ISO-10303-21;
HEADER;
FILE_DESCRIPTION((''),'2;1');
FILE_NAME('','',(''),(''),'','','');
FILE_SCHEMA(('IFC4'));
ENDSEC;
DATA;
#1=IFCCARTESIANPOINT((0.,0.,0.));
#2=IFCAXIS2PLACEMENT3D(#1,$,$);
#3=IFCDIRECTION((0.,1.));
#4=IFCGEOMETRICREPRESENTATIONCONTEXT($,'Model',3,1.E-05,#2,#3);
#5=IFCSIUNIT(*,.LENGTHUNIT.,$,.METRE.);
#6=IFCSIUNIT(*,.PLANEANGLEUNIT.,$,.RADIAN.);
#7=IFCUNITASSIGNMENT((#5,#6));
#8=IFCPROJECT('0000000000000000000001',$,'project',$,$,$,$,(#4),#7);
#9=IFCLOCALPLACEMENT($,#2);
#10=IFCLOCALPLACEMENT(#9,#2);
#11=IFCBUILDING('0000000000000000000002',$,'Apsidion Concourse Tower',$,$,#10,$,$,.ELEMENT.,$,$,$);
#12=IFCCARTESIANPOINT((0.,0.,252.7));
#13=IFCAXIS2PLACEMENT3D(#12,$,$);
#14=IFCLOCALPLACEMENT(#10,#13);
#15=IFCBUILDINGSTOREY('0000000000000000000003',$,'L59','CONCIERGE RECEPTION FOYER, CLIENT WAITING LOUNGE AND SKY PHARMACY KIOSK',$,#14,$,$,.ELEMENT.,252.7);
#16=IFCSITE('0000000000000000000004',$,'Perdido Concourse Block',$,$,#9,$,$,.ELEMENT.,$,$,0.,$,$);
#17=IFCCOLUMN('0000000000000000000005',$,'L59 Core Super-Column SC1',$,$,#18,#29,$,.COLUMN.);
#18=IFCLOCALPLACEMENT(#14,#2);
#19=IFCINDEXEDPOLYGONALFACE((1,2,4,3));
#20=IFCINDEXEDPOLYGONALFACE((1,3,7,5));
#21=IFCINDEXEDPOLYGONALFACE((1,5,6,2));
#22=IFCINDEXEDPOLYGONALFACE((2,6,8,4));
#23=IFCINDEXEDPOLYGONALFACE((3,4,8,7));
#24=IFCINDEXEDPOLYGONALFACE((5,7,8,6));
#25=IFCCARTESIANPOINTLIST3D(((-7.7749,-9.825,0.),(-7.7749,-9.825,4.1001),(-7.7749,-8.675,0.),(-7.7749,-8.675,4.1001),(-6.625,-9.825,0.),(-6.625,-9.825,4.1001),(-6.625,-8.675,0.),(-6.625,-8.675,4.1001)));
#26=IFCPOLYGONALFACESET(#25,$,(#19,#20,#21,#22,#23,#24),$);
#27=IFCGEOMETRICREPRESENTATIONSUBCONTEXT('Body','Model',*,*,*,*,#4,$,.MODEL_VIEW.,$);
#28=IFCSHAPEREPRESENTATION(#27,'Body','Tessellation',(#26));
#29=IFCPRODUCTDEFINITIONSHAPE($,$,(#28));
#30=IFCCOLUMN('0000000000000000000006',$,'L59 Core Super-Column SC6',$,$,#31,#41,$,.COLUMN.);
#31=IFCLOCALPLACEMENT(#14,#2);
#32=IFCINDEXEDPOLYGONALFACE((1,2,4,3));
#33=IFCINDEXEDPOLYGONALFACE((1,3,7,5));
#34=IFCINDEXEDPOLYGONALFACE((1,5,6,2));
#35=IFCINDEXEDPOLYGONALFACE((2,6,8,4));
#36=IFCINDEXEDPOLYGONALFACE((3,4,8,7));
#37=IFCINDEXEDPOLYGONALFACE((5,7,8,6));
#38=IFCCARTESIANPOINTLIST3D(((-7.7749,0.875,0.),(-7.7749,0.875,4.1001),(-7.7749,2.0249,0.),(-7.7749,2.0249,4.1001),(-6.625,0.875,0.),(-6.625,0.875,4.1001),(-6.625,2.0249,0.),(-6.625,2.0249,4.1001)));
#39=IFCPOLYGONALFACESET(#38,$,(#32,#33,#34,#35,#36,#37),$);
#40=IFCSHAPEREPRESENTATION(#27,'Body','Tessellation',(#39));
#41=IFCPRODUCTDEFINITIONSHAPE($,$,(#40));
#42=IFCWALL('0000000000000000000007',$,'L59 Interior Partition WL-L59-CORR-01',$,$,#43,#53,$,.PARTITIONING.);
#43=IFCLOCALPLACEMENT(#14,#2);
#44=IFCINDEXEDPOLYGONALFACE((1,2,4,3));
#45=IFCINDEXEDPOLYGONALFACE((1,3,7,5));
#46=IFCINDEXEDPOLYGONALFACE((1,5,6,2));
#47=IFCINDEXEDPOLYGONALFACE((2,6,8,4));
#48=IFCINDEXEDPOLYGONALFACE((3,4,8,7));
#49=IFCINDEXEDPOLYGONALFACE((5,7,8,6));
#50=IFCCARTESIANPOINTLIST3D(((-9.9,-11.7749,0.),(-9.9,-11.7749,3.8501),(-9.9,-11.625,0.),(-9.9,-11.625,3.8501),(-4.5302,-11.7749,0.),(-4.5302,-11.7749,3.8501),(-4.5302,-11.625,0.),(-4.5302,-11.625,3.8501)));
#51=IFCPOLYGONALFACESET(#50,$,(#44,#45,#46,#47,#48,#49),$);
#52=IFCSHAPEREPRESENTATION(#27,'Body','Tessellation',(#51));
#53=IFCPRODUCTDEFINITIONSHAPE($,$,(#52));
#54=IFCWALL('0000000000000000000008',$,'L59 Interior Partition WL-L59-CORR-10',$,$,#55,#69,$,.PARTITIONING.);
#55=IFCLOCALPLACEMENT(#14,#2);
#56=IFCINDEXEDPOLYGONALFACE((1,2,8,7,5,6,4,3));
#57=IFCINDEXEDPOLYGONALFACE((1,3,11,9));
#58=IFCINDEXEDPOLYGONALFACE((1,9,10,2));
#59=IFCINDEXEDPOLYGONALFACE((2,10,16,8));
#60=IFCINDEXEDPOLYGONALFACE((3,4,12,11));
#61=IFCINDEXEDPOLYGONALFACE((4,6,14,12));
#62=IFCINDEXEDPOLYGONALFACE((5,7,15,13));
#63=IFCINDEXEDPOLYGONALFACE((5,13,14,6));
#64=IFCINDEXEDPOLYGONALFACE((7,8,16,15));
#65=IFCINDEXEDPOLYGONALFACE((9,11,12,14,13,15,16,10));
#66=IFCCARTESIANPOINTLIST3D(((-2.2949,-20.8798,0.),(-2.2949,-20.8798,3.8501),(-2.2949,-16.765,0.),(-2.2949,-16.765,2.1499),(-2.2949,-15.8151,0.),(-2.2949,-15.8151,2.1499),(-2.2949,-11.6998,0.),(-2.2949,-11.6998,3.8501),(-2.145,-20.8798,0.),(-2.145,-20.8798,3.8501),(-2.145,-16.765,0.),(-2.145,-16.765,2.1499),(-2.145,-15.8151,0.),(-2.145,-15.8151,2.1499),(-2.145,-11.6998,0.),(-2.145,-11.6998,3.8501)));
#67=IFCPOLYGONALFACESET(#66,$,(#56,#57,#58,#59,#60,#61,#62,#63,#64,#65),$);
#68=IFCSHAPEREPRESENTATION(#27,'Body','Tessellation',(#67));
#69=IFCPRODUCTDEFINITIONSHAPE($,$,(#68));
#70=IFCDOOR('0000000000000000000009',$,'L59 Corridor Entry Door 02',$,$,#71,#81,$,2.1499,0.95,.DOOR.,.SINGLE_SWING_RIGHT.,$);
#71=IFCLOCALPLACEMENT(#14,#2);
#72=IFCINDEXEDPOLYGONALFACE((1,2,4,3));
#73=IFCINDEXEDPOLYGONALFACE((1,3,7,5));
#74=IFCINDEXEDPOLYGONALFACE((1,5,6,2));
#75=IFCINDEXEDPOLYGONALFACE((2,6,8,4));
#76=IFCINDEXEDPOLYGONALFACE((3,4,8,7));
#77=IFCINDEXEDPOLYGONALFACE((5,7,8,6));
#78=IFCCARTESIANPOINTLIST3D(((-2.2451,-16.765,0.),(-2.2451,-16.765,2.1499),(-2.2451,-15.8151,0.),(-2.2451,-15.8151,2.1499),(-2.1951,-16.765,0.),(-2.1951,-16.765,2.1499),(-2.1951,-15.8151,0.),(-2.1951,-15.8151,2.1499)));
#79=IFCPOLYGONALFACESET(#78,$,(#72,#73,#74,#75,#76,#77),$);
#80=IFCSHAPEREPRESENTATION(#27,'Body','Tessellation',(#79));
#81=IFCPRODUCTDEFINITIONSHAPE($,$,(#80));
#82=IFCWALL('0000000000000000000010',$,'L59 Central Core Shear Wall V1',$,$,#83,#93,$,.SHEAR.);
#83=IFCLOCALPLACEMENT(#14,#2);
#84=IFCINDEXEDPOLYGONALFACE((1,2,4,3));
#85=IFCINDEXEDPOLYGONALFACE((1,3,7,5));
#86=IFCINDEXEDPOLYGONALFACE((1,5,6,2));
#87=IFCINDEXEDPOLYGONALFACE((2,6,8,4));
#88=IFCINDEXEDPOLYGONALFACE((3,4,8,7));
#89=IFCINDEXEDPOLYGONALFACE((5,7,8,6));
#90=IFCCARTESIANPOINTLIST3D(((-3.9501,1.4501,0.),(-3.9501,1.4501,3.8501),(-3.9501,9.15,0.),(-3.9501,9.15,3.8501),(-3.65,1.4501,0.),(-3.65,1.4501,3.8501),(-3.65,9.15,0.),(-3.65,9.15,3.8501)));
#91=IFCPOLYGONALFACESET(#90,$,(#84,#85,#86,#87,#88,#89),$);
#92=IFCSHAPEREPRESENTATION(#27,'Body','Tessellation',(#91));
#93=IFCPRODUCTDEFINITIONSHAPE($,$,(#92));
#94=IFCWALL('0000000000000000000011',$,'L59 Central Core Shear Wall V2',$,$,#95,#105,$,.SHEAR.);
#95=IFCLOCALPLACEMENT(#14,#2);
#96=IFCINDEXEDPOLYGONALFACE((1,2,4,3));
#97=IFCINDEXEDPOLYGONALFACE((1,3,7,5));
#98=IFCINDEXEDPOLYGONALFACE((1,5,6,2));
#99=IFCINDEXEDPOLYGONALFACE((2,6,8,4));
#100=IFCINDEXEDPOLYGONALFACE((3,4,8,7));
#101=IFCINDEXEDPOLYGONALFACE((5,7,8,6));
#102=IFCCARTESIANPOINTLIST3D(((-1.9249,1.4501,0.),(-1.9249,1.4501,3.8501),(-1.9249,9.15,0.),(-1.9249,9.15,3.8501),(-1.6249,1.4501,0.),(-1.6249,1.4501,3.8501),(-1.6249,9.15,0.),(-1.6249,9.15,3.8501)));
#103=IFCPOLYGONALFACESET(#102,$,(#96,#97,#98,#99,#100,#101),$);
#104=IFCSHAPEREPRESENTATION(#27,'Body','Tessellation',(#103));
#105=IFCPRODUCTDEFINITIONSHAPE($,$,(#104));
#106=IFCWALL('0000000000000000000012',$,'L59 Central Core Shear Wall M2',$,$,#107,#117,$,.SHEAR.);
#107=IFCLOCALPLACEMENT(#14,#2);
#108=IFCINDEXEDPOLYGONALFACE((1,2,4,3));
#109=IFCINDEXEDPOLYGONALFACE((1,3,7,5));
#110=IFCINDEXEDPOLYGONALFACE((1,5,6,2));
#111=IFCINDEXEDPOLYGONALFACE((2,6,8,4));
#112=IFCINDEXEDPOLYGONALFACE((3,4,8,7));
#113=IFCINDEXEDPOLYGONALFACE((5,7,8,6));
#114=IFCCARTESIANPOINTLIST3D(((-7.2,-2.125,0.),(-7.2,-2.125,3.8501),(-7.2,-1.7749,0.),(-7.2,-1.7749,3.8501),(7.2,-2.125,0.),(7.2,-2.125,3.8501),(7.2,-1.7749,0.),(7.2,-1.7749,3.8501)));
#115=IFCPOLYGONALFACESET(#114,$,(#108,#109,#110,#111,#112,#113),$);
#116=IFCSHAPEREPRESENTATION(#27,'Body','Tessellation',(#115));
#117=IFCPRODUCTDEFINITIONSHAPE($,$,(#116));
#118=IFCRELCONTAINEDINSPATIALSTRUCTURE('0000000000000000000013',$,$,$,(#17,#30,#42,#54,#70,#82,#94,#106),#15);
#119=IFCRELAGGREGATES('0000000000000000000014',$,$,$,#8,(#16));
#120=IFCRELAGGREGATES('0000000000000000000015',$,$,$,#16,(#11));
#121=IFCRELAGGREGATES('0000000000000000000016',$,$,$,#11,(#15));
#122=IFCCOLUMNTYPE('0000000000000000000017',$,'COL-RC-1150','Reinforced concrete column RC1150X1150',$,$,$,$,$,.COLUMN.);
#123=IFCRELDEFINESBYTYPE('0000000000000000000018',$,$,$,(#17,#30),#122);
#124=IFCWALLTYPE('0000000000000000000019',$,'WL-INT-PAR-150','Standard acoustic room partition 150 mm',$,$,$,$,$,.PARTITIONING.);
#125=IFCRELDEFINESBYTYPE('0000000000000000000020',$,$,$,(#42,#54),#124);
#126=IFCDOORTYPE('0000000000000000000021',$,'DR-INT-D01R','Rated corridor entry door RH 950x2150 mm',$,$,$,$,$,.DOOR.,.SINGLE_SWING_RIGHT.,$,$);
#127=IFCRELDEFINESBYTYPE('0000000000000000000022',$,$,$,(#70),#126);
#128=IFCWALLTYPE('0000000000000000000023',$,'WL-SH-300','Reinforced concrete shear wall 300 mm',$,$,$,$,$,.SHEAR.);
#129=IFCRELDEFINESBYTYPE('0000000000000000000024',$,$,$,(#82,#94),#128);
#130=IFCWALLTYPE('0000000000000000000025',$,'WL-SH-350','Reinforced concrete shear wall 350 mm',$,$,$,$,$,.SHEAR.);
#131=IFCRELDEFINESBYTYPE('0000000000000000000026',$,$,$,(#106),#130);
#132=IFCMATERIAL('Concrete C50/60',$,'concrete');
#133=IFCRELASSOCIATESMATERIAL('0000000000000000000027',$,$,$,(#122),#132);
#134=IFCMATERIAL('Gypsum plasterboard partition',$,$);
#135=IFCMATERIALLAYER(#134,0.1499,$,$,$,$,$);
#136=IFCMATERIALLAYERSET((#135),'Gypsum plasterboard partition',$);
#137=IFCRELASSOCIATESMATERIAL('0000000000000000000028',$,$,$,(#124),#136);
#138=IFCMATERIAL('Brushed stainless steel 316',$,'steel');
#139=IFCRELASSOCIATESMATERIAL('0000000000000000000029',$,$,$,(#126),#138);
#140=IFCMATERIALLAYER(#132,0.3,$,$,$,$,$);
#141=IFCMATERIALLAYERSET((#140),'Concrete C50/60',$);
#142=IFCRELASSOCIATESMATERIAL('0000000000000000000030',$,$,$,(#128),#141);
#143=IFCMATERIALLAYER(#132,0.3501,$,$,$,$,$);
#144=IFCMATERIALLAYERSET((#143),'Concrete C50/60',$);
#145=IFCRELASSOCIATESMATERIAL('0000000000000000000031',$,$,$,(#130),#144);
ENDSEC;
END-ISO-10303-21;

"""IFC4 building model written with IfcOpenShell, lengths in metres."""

from ifc_helpers import new_model, si_unit, direction, frame, frame_2d, origin, origin_2d, place, context, subcontext, project, spatial, rectangle, extrude, material, layer, layer_set, material_profile, profile_set, type_object, element, fill, save


model = new_model("IFC4")

# Units and contexts
model_context = context("Model", 3, precision=1e-05, world=origin(), true_north=direction((0.0, 1.0)))
body_context = subcontext(model_context, "Body", "Model", "MODEL_VIEW")
ifc_project = project(units=[si_unit("LENGTHUNIT", "METRE"), si_unit("PLANEANGLEUNIT", "RADIAN")], contexts=[model_context])

# Site, building, storey
site_placement = place(None, origin())
site = spatial("IfcSite", under=ifc_project, at=site_placement, Name="Perdido Concourse Block", CompositionType="ELEMENT", RefElevation=0.0)
building_placement = place(site_placement, origin())
building = spatial("IfcBuilding", under=site, at=building_placement, Name="Apsidion Concourse Tower", CompositionType="ELEMENT")
storey_placement = place(building_placement, frame((0.0, 0.0, 252.7)))
storey = spatial("IfcBuildingStorey", under=building, at=storey_placement, Name="L59", Description="CONCIERGE RECEPTION FOYER, CLIENT WAITING LOUNGE AND SKY PHARMACY KIOSK", CompositionType="ELEMENT", Elevation=252.7)

# Columns
ifc_material_1 = material(Name="Concrete C50/60", Category="concrete")
ifc_material_profile = material_profile(ifc_material_1, rectangle(XDim=1.1499, YDim=1.1499, at=origin_2d()), Name="RC 1150x1150")
ifc_profile_set = profile_set([ifc_material_profile], Name="Concrete C50/60")
column_type = type_object("IfcColumnType", Name="COL-RC-1150", Description="Reinforced concrete column RC1150X1150", PredefinedType="COLUMN", material=ifc_profile_set)
for number, where, z_axis, x_axis, name in (
    (1, (-7.2, -9.25, 0.0), (0.0, 0.0, 1.0), (1.0, 0.0, 0.0), "L59 Core Super-Column SC1"),
    (2, (-7.2, 1.45, 0.0), (0.0, 0.0, 1.0), (1.0, 0.0, 0.0), "L59 Core Super-Column SC6"),
):
    element("IfcColumn", number, at=place(storey_placement, frame(where, z_axis=z_axis, x_axis=x_axis)), inside=storey, type_object=column_type, Name=name, PredefinedType="COLUMN", context=body_context, shape_type="SweptSolid", body=[
        extrude(rectangle(XDim=1.1499, YDim=1.1499, at=origin_2d()), origin(), (0.0, 0.0, 1.0), 4.1001),
    ])

# Wall
ifc_material_2 = material(Name="Gypsum plasterboard partition")
ifc_layer_1 = layer(ifc_material_2, 0.1499)
ifc_layer_set_1 = layer_set([ifc_layer_1], Name="Gypsum plasterboard partition")
wall_type_1 = type_object("IfcWallType", Name="WL-INT-PAR-150", Description="Standard acoustic room partition 150 mm", PredefinedType="PARTITIONING", material=ifc_layer_set_1)
wall_1_placement = place(storey_placement, frame((-4.53, -11.7, 0.0), z_axis=(0.0, 0.0, 1.0), x_axis=(-1.0, 0.0, 0.0)))
element("IfcWall", 3, at=wall_1_placement, inside=storey, type_object=wall_type_1, Name="L59 Interior Partition WL-L59-CORR-01", PredefinedType="PARTITIONING", context=body_context, shape_type="SweptSolid", body=[
    extrude(rectangle(XDim=5.3699, YDim=0.1499, at=frame_2d((2.6851, 0.0))), origin(), (0.0, 0.0, 1.0), 3.8501),
])

# Wall, opening, door
wall_2_placement = place(storey_placement, frame((-2.22, -11.7, 0.0), z_axis=(0.0, 0.0, 1.0), x_axis=(0.0, -1.0, 0.0)))
wall_2 = element("IfcWall", 4, at=wall_2_placement, inside=storey, type_object=wall_type_1, Name="L59 Interior Partition WL-L59-CORR-10", PredefinedType="PARTITIONING", context=body_context, shape_type="SweptSolid", body=[
    extrude(rectangle(XDim=9.1799, YDim=0.1499, at=frame_2d((4.5898, 0.0))), origin(), (0.0, 0.0, 1.0), 3.8501),
])
opening_1_placement = place(wall_2_placement, frame((4.115, 0.0, 0.0)))
opening_1 = element("IfcOpeningElement", 5, at=opening_1_placement, cuts=wall_2, PredefinedType="OPENING", context=body_context, shape_type="SweptSolid", body=[
    extrude(rectangle(XDim=0.95, YDim=2.1499, at=frame_2d((0.4751, 1.075))), frame((0.0, 0.085, 0.0), z_axis=(0.0, -1.0, 0.0), x_axis=(1.0, 0.0, 0.0)), (0.0, 0.0, 1.0), 0.1699),
])
ifc_material_3 = material(Name="Brushed stainless steel 316", Category="steel")
door_type_1 = type_object("IfcDoorType", Name="DR-INT-D01R", Description="Rated corridor entry door RH 950x2150 mm", OperationType="SINGLE_SWING_RIGHT", PredefinedType="DOOR", material=ifc_material_3)
door_1_placement = place(opening_1_placement, origin())
door_1 = element("IfcDoor", 6, at=door_1_placement, inside=storey, type_object=door_type_1, Name="L59 Corridor Entry Door 02", OperationType="SINGLE_SWING_RIGHT", OverallHeight=2.1499, OverallWidth=0.95, PredefinedType="DOOR", context=body_context, shape_type="SweptSolid", body=[
    extrude(rectangle(XDim=0.95, YDim=2.1499, at=frame_2d((0.4751, 1.075))), frame((0.0, 0.0249, 0.0), z_axis=(0.0, -1.0, 0.0), x_axis=(1.0, 0.0, 0.0)), (0.0, 0.0, 1.0), 0.05),
])
fill(opening_1, door_1)

# Walls
ifc_layer_2 = layer(ifc_material_1, 0.3)
ifc_layer_set_2 = layer_set([ifc_layer_2], Name="Concrete C50/60")
wall_type_2 = type_object("IfcWallType", Name="WL-SH-300", Description="Reinforced concrete shear wall 300 mm", PredefinedType="SHEAR", material=ifc_layer_set_2)
for number, where, z_axis, x_axis, name in (
    (7, (-3.8, 1.45, 0.0), (0.0, 0.0, 1.0), (0.0, 1.0, 0.0), "L59 Central Core Shear Wall V1"),
    (8, (-1.7749, 1.45, 0.0), (0.0, 0.0, 1.0), (0.0, 1.0, 0.0), "L59 Central Core Shear Wall V2"),
):
    element("IfcWall", number, at=place(storey_placement, frame(where, z_axis=z_axis, x_axis=x_axis)), inside=storey, type_object=wall_type_2, Name=name, PredefinedType="SHEAR", context=body_context, shape_type="SweptSolid", body=[
        extrude(rectangle(XDim=7.7, YDim=0.3, at=frame_2d((3.8501, 0.0))), origin(), (0.0, 0.0, 1.0), 3.8501),
    ])

# Shared definitions
ifc_layer_3 = layer(ifc_material_1, 0.3501)
ifc_layer_set_3 = layer_set([ifc_layer_3], Name="Concrete C50/60")
wall_type_3 = type_object("IfcWallType", Name="WL-SH-350", Description="Reinforced concrete shear wall 350 mm", PredefinedType="SHEAR", material=ifc_layer_set_3)

# Wall
wall_3_placement = place(storey_placement, frame((-7.2, -1.95, 0.0), z_axis=(0.0, 0.0, 1.0), x_axis=(1.0, 0.0, 0.0)))
element("IfcWall", 9, at=wall_3_placement, inside=storey, type_object=wall_type_3, Name="L59 Central Core Shear Wall M2", PredefinedType="SHEAR", context=body_context, shape_type="SweptSolid", body=[
    extrude(rectangle(XDim=14.3999, YDim=0.3501, at=frame_2d((7.2, 0.0))), origin(), (0.0, 0.0, 1.0), 3.8501),
])

save(model, "model.ifc")
